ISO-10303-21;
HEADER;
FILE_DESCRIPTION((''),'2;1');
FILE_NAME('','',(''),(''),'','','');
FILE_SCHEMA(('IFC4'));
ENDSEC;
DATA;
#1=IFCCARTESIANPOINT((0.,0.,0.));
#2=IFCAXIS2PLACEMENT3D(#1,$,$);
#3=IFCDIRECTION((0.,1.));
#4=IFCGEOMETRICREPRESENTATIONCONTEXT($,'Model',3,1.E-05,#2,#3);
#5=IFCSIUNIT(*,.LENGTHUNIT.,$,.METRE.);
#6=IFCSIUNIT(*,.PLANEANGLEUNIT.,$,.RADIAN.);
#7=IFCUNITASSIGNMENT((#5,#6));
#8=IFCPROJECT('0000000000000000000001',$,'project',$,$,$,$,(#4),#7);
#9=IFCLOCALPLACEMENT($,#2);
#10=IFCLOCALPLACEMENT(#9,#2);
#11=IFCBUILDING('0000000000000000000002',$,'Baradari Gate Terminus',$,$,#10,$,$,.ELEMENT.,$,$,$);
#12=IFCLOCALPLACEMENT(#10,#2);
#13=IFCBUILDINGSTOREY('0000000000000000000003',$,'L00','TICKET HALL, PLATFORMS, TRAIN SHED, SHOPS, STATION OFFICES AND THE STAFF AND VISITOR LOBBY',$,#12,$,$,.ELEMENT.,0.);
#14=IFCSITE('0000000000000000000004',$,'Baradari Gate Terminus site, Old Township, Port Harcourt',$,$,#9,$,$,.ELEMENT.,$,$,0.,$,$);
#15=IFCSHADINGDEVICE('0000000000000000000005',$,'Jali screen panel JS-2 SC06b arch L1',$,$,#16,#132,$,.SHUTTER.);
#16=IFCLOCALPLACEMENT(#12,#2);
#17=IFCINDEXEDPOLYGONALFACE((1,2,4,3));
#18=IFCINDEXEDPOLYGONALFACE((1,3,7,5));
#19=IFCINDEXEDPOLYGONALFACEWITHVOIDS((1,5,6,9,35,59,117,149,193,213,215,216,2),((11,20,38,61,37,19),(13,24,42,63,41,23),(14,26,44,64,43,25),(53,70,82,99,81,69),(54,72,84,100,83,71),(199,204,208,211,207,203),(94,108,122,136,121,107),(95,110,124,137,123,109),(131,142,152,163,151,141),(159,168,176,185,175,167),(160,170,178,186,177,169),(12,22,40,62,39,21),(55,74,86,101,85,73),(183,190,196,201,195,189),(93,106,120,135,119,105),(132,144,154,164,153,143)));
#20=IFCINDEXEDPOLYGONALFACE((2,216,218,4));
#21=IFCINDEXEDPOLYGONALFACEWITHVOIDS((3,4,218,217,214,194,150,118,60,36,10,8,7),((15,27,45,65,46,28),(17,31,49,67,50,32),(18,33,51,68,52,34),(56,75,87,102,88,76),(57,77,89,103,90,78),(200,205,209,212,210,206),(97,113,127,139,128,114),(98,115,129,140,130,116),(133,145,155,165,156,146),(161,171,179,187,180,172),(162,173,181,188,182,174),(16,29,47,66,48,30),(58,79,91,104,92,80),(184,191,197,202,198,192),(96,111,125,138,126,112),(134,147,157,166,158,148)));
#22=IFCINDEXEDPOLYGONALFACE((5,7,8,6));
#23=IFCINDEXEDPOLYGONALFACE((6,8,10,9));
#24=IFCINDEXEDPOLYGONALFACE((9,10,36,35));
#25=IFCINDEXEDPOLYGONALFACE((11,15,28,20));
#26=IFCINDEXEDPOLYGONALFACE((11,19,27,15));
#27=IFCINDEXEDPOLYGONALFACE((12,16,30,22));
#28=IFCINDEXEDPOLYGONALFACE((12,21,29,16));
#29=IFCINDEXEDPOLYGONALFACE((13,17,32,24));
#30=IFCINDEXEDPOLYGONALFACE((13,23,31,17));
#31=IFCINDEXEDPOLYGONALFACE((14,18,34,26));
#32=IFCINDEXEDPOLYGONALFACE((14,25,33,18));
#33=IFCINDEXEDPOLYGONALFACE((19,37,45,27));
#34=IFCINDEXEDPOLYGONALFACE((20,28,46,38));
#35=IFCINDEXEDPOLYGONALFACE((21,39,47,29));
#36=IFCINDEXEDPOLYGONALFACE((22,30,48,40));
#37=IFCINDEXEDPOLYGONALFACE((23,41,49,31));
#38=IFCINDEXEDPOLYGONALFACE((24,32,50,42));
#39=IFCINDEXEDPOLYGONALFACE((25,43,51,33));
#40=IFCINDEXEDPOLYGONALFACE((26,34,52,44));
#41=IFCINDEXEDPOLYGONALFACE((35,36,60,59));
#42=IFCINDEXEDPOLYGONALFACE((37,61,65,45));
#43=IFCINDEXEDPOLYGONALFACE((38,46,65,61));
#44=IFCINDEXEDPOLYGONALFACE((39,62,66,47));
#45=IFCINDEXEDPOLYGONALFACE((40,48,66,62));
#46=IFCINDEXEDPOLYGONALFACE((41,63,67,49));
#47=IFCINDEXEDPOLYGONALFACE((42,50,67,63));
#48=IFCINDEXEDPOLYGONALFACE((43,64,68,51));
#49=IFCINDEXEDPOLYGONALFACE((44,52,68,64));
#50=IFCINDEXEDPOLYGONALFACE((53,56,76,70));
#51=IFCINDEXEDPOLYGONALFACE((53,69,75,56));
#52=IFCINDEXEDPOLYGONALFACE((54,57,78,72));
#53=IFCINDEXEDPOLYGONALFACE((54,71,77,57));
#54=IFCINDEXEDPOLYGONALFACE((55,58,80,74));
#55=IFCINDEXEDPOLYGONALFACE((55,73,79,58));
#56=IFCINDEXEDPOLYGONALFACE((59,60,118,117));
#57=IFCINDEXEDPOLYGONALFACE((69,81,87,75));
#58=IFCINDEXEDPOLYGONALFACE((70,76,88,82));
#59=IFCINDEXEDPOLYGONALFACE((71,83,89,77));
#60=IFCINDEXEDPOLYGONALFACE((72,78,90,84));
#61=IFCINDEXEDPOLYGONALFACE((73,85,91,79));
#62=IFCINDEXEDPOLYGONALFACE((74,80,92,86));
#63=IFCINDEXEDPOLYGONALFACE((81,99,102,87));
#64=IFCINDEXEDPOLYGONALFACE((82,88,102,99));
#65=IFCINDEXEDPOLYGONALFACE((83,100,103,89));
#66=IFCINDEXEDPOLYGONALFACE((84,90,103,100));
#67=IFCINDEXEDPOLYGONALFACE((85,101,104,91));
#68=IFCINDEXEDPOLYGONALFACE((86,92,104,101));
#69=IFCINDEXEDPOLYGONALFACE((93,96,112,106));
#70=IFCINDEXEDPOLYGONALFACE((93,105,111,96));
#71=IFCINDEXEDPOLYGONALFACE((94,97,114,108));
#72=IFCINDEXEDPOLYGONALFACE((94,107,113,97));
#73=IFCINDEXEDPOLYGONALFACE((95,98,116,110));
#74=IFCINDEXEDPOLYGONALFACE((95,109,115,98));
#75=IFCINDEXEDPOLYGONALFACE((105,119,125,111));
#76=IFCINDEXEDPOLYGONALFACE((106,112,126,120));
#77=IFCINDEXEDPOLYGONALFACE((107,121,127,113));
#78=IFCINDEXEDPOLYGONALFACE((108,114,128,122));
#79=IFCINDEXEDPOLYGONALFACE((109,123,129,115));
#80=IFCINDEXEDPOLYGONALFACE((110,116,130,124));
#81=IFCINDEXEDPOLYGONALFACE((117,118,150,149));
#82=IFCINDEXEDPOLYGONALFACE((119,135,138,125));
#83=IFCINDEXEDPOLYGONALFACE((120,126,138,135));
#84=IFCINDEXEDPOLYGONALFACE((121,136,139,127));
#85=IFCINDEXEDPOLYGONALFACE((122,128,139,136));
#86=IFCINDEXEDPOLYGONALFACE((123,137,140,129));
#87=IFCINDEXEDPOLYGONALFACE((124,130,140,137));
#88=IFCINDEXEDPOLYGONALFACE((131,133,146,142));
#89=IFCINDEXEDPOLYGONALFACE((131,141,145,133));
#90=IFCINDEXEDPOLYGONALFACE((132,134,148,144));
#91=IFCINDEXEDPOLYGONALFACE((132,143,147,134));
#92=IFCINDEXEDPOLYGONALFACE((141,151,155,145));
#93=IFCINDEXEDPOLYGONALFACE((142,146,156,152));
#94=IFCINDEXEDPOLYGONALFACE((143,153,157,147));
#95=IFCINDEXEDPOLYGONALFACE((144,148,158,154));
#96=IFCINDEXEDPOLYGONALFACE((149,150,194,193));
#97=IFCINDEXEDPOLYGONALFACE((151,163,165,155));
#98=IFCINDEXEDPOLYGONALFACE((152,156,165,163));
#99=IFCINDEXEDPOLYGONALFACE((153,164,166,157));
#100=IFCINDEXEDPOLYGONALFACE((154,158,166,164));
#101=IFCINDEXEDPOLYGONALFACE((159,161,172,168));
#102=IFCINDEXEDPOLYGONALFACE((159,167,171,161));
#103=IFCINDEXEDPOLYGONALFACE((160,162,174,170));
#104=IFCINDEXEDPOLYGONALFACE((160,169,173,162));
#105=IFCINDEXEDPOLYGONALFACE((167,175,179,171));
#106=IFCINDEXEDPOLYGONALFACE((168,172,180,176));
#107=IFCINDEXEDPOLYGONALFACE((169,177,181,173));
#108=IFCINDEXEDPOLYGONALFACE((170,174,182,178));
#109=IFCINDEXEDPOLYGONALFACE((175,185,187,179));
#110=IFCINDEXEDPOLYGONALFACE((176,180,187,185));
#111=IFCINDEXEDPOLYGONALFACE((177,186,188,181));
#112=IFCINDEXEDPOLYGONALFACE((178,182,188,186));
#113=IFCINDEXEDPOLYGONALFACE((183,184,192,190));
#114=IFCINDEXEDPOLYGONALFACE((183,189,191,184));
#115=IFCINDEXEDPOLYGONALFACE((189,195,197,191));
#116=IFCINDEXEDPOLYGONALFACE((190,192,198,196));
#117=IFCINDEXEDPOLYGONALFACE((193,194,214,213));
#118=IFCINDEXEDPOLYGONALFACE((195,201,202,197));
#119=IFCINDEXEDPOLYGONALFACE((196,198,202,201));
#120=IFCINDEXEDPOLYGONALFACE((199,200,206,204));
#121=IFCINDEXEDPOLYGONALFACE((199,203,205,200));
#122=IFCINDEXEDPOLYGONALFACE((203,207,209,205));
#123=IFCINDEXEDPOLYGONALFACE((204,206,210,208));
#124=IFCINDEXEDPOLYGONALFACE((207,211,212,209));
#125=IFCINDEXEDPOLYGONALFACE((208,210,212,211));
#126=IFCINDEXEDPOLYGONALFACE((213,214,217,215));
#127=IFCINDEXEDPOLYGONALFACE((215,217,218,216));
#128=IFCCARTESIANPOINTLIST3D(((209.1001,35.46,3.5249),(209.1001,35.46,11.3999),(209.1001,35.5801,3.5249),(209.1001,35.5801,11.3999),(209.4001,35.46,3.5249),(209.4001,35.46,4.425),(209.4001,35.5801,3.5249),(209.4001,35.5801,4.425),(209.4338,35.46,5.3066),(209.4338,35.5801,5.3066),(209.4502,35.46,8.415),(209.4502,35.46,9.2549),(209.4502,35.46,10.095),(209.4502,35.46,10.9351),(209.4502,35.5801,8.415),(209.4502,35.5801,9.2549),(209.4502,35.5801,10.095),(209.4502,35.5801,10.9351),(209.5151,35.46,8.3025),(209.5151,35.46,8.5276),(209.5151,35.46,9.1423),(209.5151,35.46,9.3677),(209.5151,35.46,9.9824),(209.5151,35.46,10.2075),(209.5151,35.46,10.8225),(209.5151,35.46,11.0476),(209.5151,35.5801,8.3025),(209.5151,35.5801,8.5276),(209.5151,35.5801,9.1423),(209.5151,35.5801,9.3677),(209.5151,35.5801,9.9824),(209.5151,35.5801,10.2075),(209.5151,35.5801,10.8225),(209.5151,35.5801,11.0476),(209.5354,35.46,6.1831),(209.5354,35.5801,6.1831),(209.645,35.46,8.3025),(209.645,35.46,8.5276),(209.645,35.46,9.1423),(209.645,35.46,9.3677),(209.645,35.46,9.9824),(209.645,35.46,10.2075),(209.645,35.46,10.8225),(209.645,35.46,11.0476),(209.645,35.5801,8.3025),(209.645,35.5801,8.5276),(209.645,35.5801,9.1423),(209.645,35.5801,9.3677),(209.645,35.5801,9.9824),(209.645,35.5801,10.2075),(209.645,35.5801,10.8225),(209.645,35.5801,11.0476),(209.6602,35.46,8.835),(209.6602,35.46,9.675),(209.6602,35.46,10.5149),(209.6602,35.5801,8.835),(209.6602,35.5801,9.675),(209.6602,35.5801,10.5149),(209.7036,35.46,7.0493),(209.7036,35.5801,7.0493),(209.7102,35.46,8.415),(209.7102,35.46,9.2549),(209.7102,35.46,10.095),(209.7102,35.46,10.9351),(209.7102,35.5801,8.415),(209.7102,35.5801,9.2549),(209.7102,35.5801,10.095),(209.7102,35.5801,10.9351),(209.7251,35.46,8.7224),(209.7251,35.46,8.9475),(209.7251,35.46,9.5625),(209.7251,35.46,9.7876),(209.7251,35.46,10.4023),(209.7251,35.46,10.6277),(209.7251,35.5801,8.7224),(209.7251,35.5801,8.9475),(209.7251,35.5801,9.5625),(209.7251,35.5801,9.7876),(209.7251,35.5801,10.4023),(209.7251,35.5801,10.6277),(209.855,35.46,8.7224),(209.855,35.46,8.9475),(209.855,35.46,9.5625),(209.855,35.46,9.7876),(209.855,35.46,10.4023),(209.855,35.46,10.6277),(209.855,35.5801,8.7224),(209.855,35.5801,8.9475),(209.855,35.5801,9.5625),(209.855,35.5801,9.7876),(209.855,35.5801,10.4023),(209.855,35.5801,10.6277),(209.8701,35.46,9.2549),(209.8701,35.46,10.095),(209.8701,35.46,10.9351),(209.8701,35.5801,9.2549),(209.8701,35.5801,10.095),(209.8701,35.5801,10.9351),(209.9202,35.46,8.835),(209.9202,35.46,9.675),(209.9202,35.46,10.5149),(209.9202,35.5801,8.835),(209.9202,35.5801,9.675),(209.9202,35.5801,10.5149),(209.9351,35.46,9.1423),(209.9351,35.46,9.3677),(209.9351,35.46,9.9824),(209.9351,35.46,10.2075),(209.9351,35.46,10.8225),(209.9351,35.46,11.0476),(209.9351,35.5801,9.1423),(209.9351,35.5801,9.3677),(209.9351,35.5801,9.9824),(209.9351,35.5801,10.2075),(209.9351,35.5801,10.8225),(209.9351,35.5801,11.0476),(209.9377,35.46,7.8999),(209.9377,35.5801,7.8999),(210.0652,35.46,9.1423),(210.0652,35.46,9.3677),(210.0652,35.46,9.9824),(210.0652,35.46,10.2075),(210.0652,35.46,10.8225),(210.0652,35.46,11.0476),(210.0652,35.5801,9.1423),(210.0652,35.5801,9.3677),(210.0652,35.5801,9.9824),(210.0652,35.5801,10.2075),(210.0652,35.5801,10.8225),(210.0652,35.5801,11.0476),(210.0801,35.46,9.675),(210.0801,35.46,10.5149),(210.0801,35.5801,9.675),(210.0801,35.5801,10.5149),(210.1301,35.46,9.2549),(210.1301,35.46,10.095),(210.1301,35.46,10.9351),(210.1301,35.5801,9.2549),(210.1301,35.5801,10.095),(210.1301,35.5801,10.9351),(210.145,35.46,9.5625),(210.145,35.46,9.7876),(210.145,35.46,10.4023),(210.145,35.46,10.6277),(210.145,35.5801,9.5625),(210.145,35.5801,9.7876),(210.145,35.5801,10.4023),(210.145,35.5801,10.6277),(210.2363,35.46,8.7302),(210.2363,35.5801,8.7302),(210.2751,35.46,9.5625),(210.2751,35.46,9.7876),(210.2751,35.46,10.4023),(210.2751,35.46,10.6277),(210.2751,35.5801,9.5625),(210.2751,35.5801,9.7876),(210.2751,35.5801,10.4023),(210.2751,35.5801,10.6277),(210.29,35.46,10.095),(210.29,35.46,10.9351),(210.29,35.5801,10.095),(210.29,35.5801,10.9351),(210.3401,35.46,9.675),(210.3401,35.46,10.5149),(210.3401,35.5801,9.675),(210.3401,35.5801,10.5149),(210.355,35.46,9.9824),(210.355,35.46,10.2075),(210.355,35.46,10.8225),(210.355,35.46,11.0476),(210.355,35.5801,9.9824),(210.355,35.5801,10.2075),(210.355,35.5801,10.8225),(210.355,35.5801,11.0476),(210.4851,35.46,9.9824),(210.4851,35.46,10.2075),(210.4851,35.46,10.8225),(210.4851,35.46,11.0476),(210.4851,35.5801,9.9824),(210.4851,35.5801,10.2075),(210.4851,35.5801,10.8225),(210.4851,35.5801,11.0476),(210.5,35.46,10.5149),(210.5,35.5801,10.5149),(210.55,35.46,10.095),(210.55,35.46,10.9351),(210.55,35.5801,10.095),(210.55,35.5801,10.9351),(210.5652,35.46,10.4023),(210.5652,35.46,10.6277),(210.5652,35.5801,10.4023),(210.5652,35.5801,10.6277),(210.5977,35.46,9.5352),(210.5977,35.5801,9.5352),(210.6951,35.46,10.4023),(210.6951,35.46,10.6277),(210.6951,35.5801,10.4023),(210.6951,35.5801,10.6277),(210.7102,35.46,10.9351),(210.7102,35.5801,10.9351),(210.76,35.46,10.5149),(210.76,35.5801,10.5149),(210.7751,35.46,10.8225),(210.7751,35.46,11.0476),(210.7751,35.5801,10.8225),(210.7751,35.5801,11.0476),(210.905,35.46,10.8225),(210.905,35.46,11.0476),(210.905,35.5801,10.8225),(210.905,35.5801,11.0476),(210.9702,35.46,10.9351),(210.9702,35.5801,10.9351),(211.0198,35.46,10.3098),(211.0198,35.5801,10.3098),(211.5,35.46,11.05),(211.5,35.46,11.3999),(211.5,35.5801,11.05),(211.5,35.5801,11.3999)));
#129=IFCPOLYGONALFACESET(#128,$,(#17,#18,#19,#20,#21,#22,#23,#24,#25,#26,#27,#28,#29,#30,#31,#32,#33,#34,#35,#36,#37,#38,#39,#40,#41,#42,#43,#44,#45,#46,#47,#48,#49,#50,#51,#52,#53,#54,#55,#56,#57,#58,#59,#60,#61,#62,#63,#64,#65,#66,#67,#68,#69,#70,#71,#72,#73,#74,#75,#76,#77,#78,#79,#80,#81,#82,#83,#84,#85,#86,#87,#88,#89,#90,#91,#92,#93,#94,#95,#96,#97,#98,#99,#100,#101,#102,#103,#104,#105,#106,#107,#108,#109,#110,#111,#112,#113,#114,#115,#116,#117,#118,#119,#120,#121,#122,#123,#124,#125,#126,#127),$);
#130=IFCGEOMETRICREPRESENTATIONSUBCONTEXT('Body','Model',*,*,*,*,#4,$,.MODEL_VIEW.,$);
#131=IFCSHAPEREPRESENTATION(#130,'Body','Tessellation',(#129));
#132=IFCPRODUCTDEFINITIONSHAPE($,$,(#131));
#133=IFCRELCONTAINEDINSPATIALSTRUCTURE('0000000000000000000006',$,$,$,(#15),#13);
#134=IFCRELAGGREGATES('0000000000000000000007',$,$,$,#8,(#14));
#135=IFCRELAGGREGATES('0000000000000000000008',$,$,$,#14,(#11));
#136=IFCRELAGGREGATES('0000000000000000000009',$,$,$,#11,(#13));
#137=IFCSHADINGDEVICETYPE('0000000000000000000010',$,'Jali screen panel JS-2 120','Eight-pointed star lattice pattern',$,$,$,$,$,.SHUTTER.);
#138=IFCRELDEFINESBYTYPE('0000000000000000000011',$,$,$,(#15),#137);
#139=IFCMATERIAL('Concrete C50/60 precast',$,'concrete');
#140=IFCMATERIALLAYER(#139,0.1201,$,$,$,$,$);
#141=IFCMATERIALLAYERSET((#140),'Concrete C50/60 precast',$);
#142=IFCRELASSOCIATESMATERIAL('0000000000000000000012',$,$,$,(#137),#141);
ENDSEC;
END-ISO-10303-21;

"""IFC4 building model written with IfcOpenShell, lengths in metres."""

from ifc_helpers import new_model, si_unit, direction, frame, origin, place, context, subcontext, project, spatial, polyline, outline, extrude, material, layer, layer_set, type_object, element, save


model = new_model("IFC4")

# Units and contexts
model_context = context("Model", 3, precision=1e-05, world=origin(), true_north=direction((0.0, 1.0)))
body_context = subcontext(model_context, "Body", "Model", "MODEL_VIEW")
ifc_project = project(units=[si_unit("LENGTHUNIT", "METRE"), si_unit("PLANEANGLEUNIT", "RADIAN")], contexts=[model_context])

# Site, building, storey
site_placement = place(None, origin())
site = spatial("IfcSite", under=ifc_project, at=site_placement, Name="Baradari Gate Terminus site, Old Township, Port Harcourt", CompositionType="ELEMENT", RefElevation=0.0)
building_placement = place(site_placement, origin())
building = spatial("IfcBuilding", under=site, at=building_placement, Name="Baradari Gate Terminus", CompositionType="ELEMENT")
storey_placement = place(building_placement, origin())
storey = spatial("IfcBuildingStorey", under=building, at=storey_placement, Name="L00", Description="TICKET HALL, PLATFORMS, TRAIN SHED, SHOPS, STATION OFFICES AND THE STAFF AND VISITOR LOBBY", CompositionType="ELEMENT", Elevation=0.0)

# Shading device
ifc_material_1 = material(Name="Concrete C50/60 precast", Category="concrete")
ifc_layer_1 = layer(ifc_material_1, 0.1201)
ifc_layer_set_1 = layer_set([ifc_layer_1], Name="Concrete C50/60 precast")
shading_device_type = type_object("IfcShadingDeviceType", Name="Jali screen panel JS-2 120", Description="Eight-pointed star lattice pattern", PredefinedType="SHUTTER", material=ifc_layer_set_1)
shading_device_1_placement = place(storey_placement, frame((209.1001, 35.52, 3.5249), z_axis=(0.0, 0.0, 1.0), x_axis=(1.0, 0.0, 0.0)))
element("IfcShadingDevice", 1, at=shading_device_1_placement, inside=storey, type_object=shading_device_type, Name="Jali screen panel JS-2 SC06b arch L1", PredefinedType="SHUTTER", context=body_context, shape_type="SweptSolid", body=[
    extrude(outline(polyline([(0.0, 0.0), (0.3, 0.0), (0.3, 0.9001), (0.3337, 1.7817), (0.4353, 2.6582), (0.6035, 3.5244), (0.8376, 4.375), (1.1362, 5.2053), (1.4976, 6.0103), (1.9197, 6.7849), (2.3999, 7.5251), (2.3999, 7.875), (0.0, 7.875), (0.0, 0.0)]), holes=[polyline([(0.6101, 4.8901), (0.5449, 4.7776), (0.415, 4.7776), (0.3501, 4.8901), (0.415, 5.0027), (0.5449, 5.0027), (0.6101, 4.8901)]), polyline([(0.8201, 5.3101), (0.7549, 5.1975), (0.625, 5.1975), (0.5601, 5.3101), (0.625, 5.4226), (0.7549, 5.4226), (0.8201, 5.3101)]), polyline([(0.6101, 5.73), (0.5449, 5.6174), (0.415, 5.6174), (0.3501, 5.73), (0.415, 5.8428), (0.5449, 5.8428), (0.6101, 5.73)]), polyline([(1.03, 5.73), (0.9651, 5.6174), (0.835, 5.6174), (0.77, 5.73), (0.835, 5.8428), (0.9651, 5.8428), (1.03, 5.73)]), polyline([(0.8201, 6.1501), (0.7549, 6.0376), (0.625, 6.0376), (0.5601, 6.1501), (0.625, 6.2627), (0.7549, 6.2627), (0.8201, 6.1501)]), polyline([(1.24, 6.1501), (1.175, 6.0376), (1.0449, 6.0376), (0.98, 6.1501), (1.0449, 6.2627), (1.175, 6.2627), (1.24, 6.1501)]), polyline([(0.6101, 6.5701), (0.5449, 6.4575), (0.415, 6.4575), (0.3501, 6.5701), (0.415, 6.6826), (0.5449, 6.6826), (0.6101, 6.5701)]), polyline([(1.03, 6.5701), (0.9651, 6.4575), (0.835, 6.4575), (0.77, 6.5701), (0.835, 6.6826), (0.9651, 6.6826), (1.03, 6.5701)]), polyline([(1.45, 6.5701), (1.385, 6.4575), (1.2549, 6.4575), (1.1899, 6.5701), (1.2549, 6.6826), (1.385, 6.6826), (1.45, 6.5701)]), polyline([(0.8201, 6.99), (0.7549, 6.8774), (0.625, 6.8774), (0.5601, 6.99), (0.625, 7.1028), (0.7549, 7.1028), (0.8201, 6.99)]), polyline([(1.24, 6.99), (1.175, 6.8774), (1.0449, 6.8774), (0.98, 6.99), (1.0449, 7.1028), (1.175, 7.1028), (1.24, 6.99)]), polyline([(1.6599, 6.99), (1.595, 6.8774), (1.4651, 6.8774), (1.3999, 6.99), (1.4651, 7.1028), (1.595, 7.1028), (1.6599, 6.99)]), polyline([(0.6101, 7.4102), (0.5449, 7.2976), (0.415, 7.2976), (0.3501, 7.4102), (0.415, 7.5227), (0.5449, 7.5227), (0.6101, 7.4102)]), polyline([(1.03, 7.4102), (0.9651, 7.2976), (0.835, 7.2976), (0.77, 7.4102), (0.835, 7.5227), (0.9651, 7.5227), (1.03, 7.4102)]), polyline([(1.45, 7.4102), (1.385, 7.2976), (1.2549, 7.2976), (1.1899, 7.4102), (1.2549, 7.5227), (1.385, 7.5227), (1.45, 7.4102)]), polyline([(1.8701, 7.4102), (1.8049, 7.2976), (1.675, 7.2976), (1.6101, 7.4102), (1.675, 7.5227), (1.8049, 7.5227), (1.8701, 7.4102)])]), frame((0.0, 0.0601, 0.0), z_axis=(0.0, -1.0, 0.0), x_axis=(1.0, 0.0, 0.0)), (0.0, 0.0, 1.0), 0.1201),
])

save(model, "model.ifc")
